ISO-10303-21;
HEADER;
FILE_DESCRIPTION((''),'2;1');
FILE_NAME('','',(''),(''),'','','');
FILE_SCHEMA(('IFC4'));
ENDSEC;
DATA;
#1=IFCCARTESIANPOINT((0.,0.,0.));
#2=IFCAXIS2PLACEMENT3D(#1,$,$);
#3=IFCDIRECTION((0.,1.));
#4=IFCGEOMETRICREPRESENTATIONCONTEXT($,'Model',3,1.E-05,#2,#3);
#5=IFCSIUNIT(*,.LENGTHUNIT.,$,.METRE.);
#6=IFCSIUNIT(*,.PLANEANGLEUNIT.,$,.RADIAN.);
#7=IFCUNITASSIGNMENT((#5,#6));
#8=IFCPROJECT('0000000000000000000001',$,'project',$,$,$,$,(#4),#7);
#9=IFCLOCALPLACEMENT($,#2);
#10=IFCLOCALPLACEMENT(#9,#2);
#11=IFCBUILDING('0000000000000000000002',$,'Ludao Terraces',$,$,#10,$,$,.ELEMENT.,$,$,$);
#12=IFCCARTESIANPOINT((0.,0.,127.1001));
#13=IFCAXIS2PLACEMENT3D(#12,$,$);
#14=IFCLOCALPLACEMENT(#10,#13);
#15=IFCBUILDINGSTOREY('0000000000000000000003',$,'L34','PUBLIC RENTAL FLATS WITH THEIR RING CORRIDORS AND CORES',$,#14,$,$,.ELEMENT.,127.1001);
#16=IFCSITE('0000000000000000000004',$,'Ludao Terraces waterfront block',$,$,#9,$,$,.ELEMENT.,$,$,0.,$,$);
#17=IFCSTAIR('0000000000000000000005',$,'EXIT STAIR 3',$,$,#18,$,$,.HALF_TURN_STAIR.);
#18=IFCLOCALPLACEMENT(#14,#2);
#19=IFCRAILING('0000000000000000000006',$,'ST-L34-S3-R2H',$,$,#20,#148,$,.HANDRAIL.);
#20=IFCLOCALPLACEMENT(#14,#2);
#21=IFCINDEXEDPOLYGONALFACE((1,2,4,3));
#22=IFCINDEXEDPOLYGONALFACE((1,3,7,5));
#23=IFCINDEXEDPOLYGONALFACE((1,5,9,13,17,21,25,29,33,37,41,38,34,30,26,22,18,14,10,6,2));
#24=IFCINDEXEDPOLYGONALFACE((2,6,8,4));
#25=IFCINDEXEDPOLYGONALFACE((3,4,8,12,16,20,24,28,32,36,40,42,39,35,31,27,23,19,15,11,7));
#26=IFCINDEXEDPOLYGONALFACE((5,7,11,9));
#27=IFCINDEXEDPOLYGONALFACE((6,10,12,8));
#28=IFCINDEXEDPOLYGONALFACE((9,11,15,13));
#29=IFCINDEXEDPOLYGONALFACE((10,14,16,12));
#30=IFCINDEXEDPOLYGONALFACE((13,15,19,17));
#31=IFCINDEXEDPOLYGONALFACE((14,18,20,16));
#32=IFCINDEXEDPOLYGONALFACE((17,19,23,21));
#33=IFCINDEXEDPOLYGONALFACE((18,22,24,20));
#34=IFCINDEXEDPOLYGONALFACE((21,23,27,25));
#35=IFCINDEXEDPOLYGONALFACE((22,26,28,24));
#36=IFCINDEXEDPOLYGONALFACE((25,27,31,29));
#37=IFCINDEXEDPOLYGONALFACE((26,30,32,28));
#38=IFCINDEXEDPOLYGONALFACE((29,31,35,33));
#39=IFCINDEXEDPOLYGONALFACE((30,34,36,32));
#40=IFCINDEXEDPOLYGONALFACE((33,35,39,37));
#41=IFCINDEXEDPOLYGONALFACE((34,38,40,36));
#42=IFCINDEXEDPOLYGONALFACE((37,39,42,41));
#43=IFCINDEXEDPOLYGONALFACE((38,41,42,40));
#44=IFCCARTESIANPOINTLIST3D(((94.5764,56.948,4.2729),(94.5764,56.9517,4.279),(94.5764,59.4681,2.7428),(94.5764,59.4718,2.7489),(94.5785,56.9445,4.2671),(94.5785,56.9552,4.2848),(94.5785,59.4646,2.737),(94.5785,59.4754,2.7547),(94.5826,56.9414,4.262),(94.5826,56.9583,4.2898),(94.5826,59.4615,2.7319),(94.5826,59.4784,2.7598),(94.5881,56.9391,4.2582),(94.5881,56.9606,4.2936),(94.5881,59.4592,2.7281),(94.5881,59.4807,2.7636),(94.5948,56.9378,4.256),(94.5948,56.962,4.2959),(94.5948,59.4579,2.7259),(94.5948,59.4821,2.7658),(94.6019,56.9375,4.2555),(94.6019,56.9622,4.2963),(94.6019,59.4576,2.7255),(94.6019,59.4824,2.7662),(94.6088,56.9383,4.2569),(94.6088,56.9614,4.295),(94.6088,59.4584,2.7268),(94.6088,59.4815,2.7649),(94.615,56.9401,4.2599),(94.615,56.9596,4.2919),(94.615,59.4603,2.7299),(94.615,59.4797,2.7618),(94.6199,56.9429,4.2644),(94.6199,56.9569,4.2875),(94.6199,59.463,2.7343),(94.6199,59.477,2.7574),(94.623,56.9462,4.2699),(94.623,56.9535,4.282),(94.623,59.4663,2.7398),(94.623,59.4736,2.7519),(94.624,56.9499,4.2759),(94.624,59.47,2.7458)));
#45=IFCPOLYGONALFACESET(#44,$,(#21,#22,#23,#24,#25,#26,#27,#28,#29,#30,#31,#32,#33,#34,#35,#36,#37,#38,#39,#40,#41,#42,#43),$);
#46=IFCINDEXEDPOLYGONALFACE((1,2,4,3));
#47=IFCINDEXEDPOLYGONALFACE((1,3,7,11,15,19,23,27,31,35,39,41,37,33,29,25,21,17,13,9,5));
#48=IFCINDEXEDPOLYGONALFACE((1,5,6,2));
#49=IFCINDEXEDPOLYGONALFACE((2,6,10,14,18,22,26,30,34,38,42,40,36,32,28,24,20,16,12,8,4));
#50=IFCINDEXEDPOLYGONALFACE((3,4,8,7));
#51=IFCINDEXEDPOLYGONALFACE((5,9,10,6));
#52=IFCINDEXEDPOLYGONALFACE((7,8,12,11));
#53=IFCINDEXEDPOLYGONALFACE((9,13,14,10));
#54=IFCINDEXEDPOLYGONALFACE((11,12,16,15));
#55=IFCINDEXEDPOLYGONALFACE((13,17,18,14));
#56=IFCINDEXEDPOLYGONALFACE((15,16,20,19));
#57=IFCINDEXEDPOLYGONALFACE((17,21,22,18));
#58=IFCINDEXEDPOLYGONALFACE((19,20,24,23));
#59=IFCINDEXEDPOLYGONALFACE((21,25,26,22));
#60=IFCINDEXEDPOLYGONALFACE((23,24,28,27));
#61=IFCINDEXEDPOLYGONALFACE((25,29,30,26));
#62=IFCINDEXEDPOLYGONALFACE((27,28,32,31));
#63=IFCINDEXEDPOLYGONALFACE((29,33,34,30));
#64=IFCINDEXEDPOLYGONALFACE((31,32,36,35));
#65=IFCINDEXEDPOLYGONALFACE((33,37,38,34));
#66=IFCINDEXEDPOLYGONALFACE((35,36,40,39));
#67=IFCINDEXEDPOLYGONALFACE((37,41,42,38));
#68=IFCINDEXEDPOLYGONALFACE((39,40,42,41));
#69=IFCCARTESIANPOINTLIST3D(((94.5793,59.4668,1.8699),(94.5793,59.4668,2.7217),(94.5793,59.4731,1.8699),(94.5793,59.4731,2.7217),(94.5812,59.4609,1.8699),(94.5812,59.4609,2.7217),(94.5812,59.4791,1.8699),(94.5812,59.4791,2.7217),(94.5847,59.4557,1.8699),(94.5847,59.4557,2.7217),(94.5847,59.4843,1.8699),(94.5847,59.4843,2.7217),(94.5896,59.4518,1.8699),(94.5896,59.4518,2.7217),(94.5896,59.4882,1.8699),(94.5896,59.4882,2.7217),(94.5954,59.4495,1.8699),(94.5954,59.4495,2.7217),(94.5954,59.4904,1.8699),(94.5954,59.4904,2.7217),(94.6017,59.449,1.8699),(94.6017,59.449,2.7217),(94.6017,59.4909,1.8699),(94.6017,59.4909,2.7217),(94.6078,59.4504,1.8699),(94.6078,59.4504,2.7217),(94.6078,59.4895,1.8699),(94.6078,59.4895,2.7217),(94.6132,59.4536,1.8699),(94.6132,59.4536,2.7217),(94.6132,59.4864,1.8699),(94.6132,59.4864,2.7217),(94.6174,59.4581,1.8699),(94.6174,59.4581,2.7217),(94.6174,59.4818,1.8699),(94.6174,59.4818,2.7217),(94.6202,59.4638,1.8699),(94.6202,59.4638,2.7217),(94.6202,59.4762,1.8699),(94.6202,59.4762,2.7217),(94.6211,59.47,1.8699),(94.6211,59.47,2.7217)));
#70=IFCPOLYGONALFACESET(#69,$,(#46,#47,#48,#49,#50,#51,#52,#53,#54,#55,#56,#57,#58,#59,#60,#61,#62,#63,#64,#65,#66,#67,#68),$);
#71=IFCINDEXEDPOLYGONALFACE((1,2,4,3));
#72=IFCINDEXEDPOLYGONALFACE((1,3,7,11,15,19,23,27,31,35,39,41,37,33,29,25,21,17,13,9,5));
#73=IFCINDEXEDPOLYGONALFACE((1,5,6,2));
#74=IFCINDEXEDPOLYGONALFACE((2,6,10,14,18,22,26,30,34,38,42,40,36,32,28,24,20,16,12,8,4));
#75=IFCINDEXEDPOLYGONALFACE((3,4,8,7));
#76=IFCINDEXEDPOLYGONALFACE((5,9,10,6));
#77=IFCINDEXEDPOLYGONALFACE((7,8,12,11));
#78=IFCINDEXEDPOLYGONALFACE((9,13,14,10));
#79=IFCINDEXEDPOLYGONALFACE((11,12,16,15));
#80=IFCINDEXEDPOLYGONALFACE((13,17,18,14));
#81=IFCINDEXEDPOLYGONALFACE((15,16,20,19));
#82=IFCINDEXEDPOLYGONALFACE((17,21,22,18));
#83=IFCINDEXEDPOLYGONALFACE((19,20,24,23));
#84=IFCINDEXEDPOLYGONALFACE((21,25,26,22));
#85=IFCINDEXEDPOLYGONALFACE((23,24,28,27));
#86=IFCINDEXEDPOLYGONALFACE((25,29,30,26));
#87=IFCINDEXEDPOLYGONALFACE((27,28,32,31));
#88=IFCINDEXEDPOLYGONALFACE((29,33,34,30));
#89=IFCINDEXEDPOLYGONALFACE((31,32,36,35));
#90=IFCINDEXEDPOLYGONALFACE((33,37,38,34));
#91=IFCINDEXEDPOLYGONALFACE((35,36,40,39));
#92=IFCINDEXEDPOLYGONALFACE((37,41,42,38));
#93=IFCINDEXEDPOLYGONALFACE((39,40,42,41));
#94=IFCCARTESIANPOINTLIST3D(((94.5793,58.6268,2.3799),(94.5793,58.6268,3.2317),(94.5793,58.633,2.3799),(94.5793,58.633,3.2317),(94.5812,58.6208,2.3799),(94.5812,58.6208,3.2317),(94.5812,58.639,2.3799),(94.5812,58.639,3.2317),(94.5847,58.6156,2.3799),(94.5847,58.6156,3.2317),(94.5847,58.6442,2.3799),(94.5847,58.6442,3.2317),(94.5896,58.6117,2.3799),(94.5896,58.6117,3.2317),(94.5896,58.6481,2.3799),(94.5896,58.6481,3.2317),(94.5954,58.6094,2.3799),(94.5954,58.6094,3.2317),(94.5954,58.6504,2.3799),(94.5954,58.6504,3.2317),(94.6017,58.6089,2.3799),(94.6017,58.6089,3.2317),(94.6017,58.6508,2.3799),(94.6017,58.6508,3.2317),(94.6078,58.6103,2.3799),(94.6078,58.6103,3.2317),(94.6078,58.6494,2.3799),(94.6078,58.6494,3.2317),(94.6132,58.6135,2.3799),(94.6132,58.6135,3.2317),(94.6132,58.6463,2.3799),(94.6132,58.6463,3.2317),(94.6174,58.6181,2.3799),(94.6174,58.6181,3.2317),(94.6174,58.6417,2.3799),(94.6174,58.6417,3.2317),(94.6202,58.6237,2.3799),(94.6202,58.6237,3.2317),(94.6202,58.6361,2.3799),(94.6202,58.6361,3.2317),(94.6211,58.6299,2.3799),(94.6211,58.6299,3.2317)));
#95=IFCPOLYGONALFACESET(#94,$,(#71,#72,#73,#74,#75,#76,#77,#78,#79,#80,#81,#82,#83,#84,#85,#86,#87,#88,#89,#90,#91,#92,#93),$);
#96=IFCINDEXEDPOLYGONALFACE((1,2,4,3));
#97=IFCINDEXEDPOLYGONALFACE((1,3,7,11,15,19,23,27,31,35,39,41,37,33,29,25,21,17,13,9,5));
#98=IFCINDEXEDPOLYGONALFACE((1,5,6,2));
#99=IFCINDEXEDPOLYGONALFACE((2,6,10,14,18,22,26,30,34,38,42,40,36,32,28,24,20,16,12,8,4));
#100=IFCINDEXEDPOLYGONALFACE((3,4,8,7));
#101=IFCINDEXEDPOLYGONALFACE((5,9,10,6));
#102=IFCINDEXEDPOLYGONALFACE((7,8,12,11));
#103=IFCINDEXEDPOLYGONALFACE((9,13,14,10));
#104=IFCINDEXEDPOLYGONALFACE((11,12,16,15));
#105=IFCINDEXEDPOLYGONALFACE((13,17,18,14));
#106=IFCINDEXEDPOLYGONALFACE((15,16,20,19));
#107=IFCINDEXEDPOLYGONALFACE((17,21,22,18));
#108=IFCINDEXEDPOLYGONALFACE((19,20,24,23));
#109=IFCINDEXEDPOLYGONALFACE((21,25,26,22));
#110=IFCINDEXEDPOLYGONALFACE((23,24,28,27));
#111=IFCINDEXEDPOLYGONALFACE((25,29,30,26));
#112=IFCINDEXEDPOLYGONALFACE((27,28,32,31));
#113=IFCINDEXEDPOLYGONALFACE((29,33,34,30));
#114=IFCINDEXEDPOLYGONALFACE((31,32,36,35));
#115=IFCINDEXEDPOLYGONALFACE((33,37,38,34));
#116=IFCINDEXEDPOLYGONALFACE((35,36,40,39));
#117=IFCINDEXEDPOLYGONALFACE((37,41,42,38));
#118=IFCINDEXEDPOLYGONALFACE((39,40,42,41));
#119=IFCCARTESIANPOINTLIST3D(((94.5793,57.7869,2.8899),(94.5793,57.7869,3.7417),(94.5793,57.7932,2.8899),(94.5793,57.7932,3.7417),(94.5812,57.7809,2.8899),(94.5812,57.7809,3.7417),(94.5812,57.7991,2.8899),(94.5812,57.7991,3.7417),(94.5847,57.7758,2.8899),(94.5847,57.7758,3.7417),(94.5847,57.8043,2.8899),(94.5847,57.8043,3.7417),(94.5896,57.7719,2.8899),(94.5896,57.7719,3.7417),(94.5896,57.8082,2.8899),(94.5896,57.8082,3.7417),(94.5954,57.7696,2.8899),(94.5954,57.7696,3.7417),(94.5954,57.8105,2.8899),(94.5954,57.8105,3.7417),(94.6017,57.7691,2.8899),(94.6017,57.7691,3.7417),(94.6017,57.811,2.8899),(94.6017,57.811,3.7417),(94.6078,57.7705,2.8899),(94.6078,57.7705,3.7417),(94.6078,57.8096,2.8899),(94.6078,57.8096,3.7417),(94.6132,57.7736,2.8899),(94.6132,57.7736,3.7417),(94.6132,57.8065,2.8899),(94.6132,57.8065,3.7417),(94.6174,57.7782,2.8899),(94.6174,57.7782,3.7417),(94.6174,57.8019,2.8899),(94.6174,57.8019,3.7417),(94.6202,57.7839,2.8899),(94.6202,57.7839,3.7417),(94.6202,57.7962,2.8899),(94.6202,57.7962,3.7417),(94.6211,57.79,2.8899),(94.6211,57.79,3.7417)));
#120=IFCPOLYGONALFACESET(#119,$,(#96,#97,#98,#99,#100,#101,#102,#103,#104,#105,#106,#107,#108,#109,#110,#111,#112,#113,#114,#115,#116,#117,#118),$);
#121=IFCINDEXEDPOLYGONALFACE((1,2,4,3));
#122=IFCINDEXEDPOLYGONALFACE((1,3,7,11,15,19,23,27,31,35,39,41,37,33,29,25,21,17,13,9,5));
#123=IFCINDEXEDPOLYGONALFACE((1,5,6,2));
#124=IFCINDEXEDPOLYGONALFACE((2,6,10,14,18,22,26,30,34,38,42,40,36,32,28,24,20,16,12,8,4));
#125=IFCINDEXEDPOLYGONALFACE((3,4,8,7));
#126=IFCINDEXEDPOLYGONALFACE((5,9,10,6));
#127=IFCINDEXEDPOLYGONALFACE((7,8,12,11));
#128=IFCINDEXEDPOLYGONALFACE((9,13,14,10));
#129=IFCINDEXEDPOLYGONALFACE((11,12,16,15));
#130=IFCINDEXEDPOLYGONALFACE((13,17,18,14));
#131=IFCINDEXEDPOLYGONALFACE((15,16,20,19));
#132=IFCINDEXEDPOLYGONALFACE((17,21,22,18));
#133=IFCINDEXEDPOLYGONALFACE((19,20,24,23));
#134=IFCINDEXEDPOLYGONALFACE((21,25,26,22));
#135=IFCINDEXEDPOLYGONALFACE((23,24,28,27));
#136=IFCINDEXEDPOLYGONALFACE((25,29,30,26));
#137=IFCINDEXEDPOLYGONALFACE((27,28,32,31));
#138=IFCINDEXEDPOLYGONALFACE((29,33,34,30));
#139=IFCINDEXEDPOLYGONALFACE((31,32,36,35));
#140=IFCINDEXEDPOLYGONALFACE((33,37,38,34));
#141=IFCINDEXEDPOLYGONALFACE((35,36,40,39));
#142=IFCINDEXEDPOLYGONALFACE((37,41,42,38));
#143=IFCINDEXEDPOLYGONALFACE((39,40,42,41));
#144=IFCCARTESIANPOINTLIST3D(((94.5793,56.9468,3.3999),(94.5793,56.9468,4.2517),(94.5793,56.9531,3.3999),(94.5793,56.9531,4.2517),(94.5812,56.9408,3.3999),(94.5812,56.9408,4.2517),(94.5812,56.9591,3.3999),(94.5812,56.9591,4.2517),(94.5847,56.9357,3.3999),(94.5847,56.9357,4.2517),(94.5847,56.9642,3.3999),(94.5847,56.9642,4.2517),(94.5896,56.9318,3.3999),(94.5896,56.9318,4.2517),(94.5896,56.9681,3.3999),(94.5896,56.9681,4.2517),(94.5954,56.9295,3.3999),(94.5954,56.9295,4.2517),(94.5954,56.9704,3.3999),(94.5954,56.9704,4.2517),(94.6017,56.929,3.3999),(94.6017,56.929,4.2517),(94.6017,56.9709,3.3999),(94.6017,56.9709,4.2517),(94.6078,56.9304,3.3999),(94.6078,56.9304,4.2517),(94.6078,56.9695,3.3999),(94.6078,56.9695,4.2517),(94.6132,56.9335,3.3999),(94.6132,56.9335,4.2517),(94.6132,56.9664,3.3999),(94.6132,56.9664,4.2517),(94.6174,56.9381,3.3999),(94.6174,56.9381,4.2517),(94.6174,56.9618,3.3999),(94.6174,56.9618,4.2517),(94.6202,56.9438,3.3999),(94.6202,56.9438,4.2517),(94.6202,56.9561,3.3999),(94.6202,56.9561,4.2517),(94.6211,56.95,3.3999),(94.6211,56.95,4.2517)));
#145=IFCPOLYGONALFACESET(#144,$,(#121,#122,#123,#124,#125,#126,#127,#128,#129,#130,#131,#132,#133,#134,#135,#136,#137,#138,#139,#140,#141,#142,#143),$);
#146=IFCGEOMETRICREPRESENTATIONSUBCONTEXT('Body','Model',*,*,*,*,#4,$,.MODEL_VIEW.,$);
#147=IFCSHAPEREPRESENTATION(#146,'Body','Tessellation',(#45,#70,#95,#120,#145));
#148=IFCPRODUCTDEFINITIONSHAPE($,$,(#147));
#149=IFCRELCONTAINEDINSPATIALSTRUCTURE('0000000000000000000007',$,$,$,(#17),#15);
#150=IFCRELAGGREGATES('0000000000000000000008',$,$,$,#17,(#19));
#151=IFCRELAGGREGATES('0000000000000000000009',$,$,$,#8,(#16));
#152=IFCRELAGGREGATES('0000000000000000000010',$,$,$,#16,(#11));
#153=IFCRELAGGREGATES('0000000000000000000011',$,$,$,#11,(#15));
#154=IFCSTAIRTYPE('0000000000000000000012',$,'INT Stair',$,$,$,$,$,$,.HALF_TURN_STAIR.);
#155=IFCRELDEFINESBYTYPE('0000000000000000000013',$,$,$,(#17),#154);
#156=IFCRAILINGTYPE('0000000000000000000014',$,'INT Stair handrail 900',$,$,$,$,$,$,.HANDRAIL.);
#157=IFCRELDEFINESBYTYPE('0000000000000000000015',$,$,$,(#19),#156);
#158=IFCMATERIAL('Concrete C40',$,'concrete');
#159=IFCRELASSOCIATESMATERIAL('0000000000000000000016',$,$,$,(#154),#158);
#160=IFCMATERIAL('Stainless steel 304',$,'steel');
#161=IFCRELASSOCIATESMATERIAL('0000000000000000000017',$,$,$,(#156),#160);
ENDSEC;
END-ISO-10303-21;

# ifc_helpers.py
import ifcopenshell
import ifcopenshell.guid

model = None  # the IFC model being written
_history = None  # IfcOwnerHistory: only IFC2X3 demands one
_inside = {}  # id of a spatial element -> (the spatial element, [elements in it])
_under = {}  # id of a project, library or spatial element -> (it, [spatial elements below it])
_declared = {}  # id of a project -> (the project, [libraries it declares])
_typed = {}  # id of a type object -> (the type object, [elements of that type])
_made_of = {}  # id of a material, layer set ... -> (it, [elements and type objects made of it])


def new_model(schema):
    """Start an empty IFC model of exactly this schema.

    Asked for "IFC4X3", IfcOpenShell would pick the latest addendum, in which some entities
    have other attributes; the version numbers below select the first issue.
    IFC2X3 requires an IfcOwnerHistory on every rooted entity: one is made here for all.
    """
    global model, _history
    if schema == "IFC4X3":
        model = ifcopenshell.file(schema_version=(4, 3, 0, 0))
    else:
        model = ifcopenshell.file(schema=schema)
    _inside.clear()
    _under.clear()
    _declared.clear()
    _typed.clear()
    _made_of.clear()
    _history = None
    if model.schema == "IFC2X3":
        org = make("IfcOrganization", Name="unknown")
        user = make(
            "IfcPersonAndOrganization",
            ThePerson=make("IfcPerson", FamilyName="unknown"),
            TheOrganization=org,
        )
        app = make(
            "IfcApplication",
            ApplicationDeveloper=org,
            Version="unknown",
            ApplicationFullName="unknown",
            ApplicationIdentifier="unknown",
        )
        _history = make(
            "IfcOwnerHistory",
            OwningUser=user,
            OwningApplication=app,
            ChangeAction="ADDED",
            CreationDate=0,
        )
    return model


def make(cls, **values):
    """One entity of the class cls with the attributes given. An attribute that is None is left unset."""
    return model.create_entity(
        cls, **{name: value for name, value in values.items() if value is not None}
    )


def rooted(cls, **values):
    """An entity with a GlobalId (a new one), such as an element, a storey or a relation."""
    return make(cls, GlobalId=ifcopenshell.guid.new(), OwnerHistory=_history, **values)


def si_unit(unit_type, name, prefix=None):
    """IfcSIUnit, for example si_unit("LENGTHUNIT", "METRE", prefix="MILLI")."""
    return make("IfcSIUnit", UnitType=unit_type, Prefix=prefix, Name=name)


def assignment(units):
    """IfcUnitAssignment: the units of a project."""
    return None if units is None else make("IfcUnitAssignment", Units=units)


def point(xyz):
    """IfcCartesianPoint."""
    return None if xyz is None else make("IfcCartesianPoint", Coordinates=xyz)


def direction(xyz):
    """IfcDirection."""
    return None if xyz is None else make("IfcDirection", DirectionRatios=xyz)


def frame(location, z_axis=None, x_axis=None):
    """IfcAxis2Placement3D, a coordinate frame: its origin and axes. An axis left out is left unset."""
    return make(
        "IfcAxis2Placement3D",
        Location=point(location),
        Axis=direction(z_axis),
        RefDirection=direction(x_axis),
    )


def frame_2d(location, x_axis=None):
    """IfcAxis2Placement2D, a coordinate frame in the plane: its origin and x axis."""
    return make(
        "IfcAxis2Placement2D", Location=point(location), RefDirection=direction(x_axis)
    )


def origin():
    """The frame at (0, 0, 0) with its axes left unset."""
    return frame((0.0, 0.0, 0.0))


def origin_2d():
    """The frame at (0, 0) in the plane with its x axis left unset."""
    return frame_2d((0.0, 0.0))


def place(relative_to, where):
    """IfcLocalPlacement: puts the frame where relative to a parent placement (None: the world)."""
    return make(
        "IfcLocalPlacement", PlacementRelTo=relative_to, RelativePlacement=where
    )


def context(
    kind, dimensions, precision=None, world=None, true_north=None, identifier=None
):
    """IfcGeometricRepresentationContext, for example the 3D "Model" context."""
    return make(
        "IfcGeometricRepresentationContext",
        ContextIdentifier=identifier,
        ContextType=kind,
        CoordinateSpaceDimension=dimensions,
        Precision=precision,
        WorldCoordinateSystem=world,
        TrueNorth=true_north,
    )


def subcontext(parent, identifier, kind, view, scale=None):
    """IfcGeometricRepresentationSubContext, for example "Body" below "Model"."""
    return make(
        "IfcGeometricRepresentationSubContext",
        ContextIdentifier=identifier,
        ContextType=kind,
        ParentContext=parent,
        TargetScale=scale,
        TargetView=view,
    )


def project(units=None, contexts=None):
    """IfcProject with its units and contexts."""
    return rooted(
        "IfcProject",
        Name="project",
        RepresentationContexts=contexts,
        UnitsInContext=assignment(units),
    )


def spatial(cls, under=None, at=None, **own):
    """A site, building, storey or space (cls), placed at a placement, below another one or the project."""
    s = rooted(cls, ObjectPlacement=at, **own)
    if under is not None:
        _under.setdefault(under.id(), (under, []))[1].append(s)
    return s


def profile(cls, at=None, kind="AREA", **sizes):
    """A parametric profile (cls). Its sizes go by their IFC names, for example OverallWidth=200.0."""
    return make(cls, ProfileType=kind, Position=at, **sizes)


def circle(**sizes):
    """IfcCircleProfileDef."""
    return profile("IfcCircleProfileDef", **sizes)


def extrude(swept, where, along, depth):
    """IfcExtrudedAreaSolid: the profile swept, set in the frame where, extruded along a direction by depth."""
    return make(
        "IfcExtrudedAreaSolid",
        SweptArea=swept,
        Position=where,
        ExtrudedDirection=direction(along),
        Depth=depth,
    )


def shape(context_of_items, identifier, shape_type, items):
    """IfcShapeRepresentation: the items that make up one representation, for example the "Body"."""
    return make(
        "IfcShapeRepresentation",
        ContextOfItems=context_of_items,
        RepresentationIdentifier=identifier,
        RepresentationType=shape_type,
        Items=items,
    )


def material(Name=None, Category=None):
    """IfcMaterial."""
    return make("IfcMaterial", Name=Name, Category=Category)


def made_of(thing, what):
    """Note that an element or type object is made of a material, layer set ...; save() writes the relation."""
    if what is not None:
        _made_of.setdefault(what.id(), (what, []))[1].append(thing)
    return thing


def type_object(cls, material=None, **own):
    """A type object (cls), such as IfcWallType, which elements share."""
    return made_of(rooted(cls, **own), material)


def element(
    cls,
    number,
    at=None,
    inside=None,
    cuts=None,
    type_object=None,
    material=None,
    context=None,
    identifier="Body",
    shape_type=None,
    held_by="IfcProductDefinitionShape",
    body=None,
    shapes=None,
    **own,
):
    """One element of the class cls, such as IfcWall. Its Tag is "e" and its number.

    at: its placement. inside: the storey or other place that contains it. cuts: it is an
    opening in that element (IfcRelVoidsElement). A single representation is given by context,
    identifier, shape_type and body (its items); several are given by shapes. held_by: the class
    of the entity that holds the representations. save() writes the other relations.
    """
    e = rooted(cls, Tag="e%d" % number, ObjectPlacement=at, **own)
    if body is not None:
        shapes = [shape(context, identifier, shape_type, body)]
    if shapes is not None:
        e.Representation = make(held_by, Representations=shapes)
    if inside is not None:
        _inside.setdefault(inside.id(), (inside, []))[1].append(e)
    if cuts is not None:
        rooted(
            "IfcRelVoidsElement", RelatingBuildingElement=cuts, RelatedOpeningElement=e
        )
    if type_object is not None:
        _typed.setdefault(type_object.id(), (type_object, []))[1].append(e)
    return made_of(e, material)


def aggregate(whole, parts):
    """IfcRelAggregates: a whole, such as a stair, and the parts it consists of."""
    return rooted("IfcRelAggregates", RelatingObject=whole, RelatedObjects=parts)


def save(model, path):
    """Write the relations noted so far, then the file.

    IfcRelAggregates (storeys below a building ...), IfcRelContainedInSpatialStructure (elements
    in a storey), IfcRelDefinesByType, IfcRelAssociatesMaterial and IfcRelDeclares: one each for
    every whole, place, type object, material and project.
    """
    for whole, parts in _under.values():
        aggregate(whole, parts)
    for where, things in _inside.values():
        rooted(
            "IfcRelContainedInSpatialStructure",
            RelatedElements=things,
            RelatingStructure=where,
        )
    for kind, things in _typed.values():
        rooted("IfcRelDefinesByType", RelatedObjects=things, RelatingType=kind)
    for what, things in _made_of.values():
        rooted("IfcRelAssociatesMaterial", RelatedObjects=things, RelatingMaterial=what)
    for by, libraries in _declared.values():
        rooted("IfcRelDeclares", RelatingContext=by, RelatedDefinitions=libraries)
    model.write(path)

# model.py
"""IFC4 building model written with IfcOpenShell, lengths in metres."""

from ifc_helpers import new_model, si_unit, direction, frame, origin, origin_2d, place, context, subcontext, project, spatial, circle, extrude, material, type_object, element, aggregate, save


model = new_model("IFC4")

# Units and contexts
model_context = context("Model", 3, precision=1e-05, world=origin(), true_north=direction((0.0, 1.0)))
body_context = subcontext(model_context, "Body", "Model", "MODEL_VIEW")
ifc_project = project(units=[si_unit("LENGTHUNIT", "METRE"), si_unit("PLANEANGLEUNIT", "RADIAN")], contexts=[model_context])

# Site, building, storey
site_placement = place(None, origin())
site = spatial("IfcSite", under=ifc_project, at=site_placement, Name="Ludao Terraces waterfront block", CompositionType="ELEMENT", RefElevation=0.0)
building_placement = place(site_placement, origin())
building = spatial("IfcBuilding", under=site, at=building_placement, Name="Ludao Terraces", CompositionType="ELEMENT")
storey_placement = place(building_placement, frame((0.0, 0.0, 127.1001)))
storey = spatial("IfcBuildingStorey", under=building, at=storey_placement, Name="L34", Description="PUBLIC RENTAL FLATS WITH THEIR RING CORRIDORS AND CORES", CompositionType="ELEMENT", Elevation=127.1001)

# Shared definitions
ifc_material_1 = material(Name="Concrete C40", Category="concrete")

# Stair, railing
stair_type = type_object("IfcStairType", Name="INT Stair", PredefinedType="HALF_TURN_STAIR", material=ifc_material_1)
stair_placement = place(storey_placement, origin())
stair = element("IfcStair", 1, at=stair_placement, inside=storey, type_object=stair_type, Name="EXIT STAIR 3", PredefinedType="HALF_TURN_STAIR")
ifc_material_2 = material(Name="Stainless steel 304", Category="steel")
railing_type_1 = type_object("IfcRailingType", Name="INT Stair handrail 900", PredefinedType="HANDRAIL", material=ifc_material_2)
railing_1_placement = place(storey_placement, frame((94.6001, 59.47, 1.8699)))
railing_1 = element("IfcRailing", 2, at=railing_1_placement, type_object=railing_type_1, Name="ST-L34-S3-R2H", PredefinedType="HANDRAIL", context=body_context, shape_type="SweptSolid", body=[
    extrude(circle(Radius=0.0239, at=origin_2d()), frame((0.0, 0.0, 0.876), z_axis=(0.0, -0.854785, 0.518982), x_axis=(1.0, 0.0, 0.0)), (0.0, 0.0, 1.0), 2.9482),
    extrude(circle(Radius=0.021, at=origin_2d()), origin(), (0.0, 0.0, 1.0), 0.8518),
    extrude(circle(Radius=0.021, at=origin_2d()), frame((0.0, -0.8401, 0.51)), (0.0, 0.0, 1.0), 0.8518),
    extrude(circle(Radius=0.021, at=origin_2d()), frame((0.0, -1.6799, 1.02)), (0.0, 0.0, 1.0), 0.8518),
    extrude(circle(Radius=0.021, at=origin_2d()), frame((0.0, -2.52, 1.53)), (0.0, 0.0, 1.0), 0.8518),
])
aggregate(stair, [railing_1])

save(model, "model.ifc")
